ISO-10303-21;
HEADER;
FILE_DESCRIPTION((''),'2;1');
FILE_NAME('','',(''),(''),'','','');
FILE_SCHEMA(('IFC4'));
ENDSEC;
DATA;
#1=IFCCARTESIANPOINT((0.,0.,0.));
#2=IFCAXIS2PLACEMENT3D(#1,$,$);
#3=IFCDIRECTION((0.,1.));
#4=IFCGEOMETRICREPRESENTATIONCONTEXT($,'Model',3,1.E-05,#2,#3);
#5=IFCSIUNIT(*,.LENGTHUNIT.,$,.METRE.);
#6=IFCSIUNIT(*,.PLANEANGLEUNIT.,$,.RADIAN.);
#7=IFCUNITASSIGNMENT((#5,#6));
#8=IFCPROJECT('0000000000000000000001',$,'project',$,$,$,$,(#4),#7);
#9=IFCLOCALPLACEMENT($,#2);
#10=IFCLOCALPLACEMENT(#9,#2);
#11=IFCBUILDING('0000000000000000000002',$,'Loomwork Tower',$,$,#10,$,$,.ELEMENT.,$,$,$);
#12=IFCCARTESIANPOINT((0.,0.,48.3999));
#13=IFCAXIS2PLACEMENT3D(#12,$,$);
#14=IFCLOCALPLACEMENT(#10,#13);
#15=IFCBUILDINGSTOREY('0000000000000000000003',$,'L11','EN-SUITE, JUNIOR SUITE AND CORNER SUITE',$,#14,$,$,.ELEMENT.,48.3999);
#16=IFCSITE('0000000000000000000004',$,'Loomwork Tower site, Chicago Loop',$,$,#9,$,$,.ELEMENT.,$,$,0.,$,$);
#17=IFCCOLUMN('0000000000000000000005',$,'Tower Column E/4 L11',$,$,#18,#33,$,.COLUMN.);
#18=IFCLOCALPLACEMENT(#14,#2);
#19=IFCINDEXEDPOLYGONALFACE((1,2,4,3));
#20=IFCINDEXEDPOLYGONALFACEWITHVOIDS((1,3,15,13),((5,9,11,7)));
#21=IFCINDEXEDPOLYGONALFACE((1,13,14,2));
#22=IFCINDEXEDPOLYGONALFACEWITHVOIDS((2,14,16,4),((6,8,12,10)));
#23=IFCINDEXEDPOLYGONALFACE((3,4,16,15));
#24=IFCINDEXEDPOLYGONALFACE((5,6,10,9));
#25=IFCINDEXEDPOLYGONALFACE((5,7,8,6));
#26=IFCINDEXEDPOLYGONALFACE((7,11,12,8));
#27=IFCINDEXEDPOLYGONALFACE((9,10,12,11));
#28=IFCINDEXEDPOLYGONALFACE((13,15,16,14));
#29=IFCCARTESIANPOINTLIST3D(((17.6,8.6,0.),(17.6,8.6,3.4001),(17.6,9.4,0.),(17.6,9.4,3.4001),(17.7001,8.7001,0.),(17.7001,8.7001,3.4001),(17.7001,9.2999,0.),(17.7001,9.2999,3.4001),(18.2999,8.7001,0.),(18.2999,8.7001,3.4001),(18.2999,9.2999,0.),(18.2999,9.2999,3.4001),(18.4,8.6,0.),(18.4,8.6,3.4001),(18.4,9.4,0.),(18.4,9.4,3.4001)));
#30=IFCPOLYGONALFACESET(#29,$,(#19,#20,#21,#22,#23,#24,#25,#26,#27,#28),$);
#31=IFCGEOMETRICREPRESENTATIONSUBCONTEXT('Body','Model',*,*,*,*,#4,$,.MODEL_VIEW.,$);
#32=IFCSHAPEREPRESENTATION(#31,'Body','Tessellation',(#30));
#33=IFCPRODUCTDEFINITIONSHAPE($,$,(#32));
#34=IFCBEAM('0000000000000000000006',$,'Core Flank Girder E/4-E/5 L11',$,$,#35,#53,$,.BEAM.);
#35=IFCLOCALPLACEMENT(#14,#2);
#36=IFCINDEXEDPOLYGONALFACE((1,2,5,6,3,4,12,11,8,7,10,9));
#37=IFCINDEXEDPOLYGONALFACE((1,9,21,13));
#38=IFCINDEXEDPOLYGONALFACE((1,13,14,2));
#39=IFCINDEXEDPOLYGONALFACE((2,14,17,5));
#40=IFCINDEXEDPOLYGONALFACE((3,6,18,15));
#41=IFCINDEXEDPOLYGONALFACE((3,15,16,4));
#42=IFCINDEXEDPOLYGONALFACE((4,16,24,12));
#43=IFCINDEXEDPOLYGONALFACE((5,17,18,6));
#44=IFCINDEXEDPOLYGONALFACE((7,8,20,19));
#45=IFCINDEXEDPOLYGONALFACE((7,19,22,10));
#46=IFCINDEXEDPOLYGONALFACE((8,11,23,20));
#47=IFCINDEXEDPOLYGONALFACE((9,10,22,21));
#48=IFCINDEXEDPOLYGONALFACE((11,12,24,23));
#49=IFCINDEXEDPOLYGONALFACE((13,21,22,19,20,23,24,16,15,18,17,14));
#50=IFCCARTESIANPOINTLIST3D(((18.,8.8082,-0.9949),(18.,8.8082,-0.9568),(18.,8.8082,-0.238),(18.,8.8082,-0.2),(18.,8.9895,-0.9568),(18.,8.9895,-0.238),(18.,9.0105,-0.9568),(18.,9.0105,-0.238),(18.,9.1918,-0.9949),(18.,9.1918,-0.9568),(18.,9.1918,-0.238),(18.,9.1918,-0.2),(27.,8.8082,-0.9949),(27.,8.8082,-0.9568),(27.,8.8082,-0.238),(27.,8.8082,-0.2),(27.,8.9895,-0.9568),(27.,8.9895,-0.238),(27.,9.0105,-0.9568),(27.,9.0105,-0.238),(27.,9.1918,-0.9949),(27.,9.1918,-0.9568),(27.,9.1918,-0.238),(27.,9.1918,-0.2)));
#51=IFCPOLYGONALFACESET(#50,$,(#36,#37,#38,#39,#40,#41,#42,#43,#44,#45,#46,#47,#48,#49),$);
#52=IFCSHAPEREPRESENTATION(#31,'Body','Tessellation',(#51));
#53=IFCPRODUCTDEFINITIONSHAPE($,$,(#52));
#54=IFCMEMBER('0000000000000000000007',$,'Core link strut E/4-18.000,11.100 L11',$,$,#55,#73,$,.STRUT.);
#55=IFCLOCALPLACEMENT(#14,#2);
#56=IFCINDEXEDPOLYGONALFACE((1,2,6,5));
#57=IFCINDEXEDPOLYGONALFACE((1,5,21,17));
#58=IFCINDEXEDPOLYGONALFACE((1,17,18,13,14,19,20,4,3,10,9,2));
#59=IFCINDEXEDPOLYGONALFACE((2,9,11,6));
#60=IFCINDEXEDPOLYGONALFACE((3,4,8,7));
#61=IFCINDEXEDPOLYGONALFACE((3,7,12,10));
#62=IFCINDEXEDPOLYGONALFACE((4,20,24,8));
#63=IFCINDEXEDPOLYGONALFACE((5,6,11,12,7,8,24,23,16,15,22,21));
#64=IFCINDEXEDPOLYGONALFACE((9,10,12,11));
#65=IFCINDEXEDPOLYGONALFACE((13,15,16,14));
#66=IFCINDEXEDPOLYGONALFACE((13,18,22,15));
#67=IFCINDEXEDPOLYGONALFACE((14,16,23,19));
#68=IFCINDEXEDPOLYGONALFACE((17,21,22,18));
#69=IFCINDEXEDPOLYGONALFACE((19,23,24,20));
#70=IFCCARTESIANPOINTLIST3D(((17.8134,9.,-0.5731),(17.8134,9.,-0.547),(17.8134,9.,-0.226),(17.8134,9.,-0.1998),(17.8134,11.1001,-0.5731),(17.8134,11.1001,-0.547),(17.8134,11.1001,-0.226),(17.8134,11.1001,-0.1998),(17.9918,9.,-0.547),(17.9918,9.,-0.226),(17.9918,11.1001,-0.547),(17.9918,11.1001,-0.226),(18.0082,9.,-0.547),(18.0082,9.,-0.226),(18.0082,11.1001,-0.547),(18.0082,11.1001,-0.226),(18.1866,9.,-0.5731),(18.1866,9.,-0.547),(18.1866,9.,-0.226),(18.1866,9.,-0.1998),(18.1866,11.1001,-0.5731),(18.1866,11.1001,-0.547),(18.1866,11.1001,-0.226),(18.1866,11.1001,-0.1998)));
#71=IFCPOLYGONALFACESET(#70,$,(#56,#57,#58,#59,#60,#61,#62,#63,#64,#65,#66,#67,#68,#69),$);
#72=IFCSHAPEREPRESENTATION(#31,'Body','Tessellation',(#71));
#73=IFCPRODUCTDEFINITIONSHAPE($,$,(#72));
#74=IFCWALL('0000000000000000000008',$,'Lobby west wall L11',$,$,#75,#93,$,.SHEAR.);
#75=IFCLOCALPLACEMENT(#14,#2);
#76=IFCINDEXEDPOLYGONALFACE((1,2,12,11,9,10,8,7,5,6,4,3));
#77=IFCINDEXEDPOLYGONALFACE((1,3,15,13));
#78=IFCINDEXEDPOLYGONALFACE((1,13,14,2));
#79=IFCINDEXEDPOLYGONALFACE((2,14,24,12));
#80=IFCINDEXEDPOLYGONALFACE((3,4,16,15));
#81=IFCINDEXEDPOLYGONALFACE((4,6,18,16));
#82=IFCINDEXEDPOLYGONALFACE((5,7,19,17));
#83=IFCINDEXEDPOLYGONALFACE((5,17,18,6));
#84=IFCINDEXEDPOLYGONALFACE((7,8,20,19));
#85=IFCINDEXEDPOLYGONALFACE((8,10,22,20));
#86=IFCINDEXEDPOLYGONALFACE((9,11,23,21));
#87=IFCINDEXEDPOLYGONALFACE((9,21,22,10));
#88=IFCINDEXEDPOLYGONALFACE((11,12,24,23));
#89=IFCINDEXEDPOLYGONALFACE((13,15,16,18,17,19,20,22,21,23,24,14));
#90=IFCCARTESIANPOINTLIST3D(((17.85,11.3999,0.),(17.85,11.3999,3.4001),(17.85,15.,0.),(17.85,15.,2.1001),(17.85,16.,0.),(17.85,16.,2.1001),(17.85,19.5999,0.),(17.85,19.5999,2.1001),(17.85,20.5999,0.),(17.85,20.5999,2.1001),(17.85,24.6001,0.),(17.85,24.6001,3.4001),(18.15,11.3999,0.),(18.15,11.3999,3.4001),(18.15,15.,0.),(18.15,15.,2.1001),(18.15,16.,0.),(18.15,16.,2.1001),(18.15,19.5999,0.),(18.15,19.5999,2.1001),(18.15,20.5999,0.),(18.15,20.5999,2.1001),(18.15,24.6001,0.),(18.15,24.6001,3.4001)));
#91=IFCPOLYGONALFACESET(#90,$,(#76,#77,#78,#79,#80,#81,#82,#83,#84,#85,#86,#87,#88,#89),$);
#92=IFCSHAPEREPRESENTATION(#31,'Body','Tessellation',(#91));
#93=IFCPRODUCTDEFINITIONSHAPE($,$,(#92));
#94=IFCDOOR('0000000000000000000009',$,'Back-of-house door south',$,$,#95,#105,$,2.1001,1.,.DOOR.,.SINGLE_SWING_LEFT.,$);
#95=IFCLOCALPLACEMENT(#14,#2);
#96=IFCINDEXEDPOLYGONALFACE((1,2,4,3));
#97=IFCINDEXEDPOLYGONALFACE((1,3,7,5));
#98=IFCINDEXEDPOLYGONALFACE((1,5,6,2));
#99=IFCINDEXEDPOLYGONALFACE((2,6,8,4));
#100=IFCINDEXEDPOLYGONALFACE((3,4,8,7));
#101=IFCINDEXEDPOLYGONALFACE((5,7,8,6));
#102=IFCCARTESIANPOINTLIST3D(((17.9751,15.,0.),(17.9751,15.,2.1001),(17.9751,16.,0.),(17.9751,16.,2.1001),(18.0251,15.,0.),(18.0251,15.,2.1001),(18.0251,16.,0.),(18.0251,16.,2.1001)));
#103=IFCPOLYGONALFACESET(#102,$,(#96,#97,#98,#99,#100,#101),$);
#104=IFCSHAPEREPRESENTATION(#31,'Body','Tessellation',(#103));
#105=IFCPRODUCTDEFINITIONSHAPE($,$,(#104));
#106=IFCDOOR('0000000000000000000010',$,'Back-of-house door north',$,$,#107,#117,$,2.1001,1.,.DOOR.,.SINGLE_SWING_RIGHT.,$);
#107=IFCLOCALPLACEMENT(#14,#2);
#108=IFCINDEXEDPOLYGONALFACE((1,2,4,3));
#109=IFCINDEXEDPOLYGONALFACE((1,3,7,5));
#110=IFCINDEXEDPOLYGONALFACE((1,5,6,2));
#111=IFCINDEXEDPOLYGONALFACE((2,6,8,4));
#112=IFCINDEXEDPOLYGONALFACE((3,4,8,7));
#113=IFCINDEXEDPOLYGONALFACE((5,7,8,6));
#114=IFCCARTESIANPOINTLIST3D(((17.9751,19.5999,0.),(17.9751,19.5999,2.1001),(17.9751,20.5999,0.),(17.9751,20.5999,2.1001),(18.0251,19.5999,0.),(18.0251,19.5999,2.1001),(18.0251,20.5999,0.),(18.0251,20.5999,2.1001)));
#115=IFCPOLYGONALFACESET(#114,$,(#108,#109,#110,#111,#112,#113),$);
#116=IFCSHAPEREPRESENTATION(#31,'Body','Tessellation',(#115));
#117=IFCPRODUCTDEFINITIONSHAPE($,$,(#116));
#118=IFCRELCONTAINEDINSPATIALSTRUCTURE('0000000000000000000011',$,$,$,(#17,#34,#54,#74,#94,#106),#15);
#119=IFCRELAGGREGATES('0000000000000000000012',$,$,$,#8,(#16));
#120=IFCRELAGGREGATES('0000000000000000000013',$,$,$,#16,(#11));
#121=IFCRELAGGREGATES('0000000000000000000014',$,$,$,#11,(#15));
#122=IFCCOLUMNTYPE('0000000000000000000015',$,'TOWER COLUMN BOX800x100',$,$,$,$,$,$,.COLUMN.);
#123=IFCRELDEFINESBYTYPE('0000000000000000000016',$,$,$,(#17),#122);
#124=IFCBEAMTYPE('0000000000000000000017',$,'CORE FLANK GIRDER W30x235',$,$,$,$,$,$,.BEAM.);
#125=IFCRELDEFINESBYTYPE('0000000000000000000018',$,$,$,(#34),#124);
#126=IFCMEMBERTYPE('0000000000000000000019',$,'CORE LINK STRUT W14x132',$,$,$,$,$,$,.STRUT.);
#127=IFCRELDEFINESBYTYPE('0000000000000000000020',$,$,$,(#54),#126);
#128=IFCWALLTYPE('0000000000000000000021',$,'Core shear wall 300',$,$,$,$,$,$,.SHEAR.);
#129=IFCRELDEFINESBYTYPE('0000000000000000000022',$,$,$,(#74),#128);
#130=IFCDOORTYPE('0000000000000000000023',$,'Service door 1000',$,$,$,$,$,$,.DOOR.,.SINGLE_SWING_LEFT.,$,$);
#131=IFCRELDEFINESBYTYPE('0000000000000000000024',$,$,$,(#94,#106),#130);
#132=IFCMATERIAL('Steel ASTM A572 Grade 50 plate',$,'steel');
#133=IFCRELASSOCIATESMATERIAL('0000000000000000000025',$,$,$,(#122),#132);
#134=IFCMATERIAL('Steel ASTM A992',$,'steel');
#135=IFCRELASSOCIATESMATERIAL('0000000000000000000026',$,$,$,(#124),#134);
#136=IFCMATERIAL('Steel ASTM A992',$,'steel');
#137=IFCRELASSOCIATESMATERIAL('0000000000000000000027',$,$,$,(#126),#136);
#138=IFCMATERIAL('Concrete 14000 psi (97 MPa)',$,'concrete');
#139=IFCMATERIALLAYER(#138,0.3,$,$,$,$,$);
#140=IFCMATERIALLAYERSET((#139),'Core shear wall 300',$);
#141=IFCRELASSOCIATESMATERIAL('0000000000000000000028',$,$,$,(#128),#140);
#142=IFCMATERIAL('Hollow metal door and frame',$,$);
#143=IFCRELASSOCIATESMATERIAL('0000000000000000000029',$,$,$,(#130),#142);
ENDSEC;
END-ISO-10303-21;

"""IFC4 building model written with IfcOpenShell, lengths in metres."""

from ifc_helpers import new_model, si_unit, direction, frame, frame_2d, origin, origin_2d, place, context, subcontext, project, spatial, rectangle, hollow_rectangle, i_section, extrude, material, layer, layer_set, material_profile, profile_set, type_object, element, fill, save


model = new_model("IFC4")

# Units and contexts
model_context = context("Model", 3, precision=1e-05, world=origin(), true_north=direction((0.0, 1.0)))
body_context = subcontext(model_context, "Body", "Model", "MODEL_VIEW")
ifc_project = project(units=[si_unit("LENGTHUNIT", "METRE"), si_unit("PLANEANGLEUNIT", "RADIAN")], contexts=[model_context])

# Site, building, storey
site_placement = place(None, origin())
site = spatial("IfcSite", under=ifc_project, at=site_placement, Name="Loomwork Tower site, Chicago Loop", CompositionType="ELEMENT", RefElevation=0.0)
building_placement = place(site_placement, origin())
building = spatial("IfcBuilding", under=site, at=building_placement, Name="Loomwork Tower", CompositionType="ELEMENT")
storey_placement = place(building_placement, frame((0.0, 0.0, 48.3999)))
storey = spatial("IfcBuildingStorey", under=building, at=storey_placement, Name="L11", Description="EN-SUITE, JUNIOR SUITE AND CORNER SUITE", CompositionType="ELEMENT", Elevation=48.3999)

# Column
ifc_material_1 = material(Name="Steel ASTM A572 Grade 50 plate", Category="steel")
ifc_material_profile_1 = material_profile(ifc_material_1, hollow_rectangle(XDim=0.8, YDim=0.8, WallThickness=0.1001, at=origin_2d()), Name="BOX800x100")
ifc_profile_set_1 = profile_set([ifc_material_profile_1], Name="Steel ASTM A572 Grade 50 plate")
column_type = type_object("IfcColumnType", Name="TOWER COLUMN BOX800x100", PredefinedType="COLUMN", material=ifc_profile_set_1)
column_placement = place(storey_placement, frame((18.0, 9.0, 0.0), z_axis=(0.0, 0.0, 1.0), x_axis=(1.0, 0.0, 0.0)))
element("IfcColumn", 1, at=column_placement, inside=storey, type_object=column_type, Name="Tower Column E/4 L11", PredefinedType="COLUMN", context=body_context, shape_type="SweptSolid", body=[
    extrude(hollow_rectangle(XDim=0.8, YDim=0.8, WallThickness=0.1001, at=origin_2d()), origin(), (0.0, 0.0, 1.0), 3.4001),
])

# Beam
ifc_material_2 = material(Name="Steel ASTM A992", Category="steel")
ifc_material_profile_2 = material_profile(ifc_material_2, i_section(OverallWidth=0.3835, OverallDepth=0.7949, WebThickness=0.021, FlangeThickness=0.0381, at=origin_2d()), Name="W30x235")
ifc_profile_set_2 = profile_set([ifc_material_profile_2], Name="Steel ASTM A992")
beam_type = type_object("IfcBeamType", Name="CORE FLANK GIRDER W30x235", PredefinedType="BEAM", material=ifc_profile_set_2)
beam_placement = place(storey_placement, frame((18.0, 9.0, -0.5974), z_axis=(1.0, 0.0, 0.0), x_axis=(0.0, 1.0, 0.0)))
element("IfcBeam", 2, at=beam_placement, inside=storey, type_object=beam_type, Name="Core Flank Girder E/4-E/5 L11", PredefinedType="BEAM", context=body_context, shape_type="SweptSolid", body=[
    extrude(i_section(OverallWidth=0.3835, OverallDepth=0.7949, WebThickness=0.021, FlangeThickness=0.0381, at=origin_2d()), origin(), (0.0, 0.0, 1.0), 9.0),
])

# Member
ifc_material_3 = material(Name="Steel ASTM A992", Category="steel")
ifc_material_profile_3 = material_profile(ifc_material_3, i_section(OverallWidth=0.3733, OverallDepth=0.3733, WebThickness=0.0164, FlangeThickness=0.0261, at=origin_2d()), Name="W14x132")
ifc_profile_set_3 = profile_set([ifc_material_profile_3], Name="Steel ASTM A992")
member_type = type_object("IfcMemberType", Name="CORE LINK STRUT W14x132", PredefinedType="STRUT", material=ifc_profile_set_3)
member_placement = place(storey_placement, frame((18.0, 9.0, -0.3865), z_axis=(0.0, 1.0, 0.0), x_axis=(-1.0, 0.0, 0.0)))
element("IfcMember", 3, at=member_placement, inside=storey, type_object=member_type, Name="Core link strut E/4-18.000,11.100 L11", PredefinedType="STRUT", context=body_context, shape_type="SweptSolid", body=[
    extrude(i_section(OverallWidth=0.3733, OverallDepth=0.3733, WebThickness=0.0164, FlangeThickness=0.0261, at=origin_2d()), origin(), (0.0, 0.0, 1.0), 2.1001),
])

# Wall, openings, doors
ifc_material_4 = material(Name="Concrete 14000 psi (97 MPa)", Category="concrete")
ifc_layer_1 = layer(ifc_material_4, 0.3)
ifc_layer_set_1 = layer_set([ifc_layer_1], Name="Core shear wall 300")
wall_type_1 = type_object("IfcWallType", Name="Core shear wall 300", PredefinedType="SHEAR", material=ifc_layer_set_1)
wall_1_placement = place(storey_placement, frame((18.0, 11.3999, 0.0), z_axis=(0.0, 0.0, 1.0), x_axis=(0.0, 1.0, 0.0)))
wall_1 = element("IfcWall", 4, at=wall_1_placement, inside=storey, type_object=wall_type_1, Name="Lobby west wall L11", PredefinedType="SHEAR", context=body_context, shape_type="SweptSolid", body=[
    extrude(rectangle(XDim=13.2002, YDim=0.3, at=frame_2d((6.6001, 0.0))), origin(), (0.0, 0.0, 1.0), 3.4001),
])
opening_1_placement = place(wall_1_placement, frame((3.6001, 0.0, 0.0)))
opening_1 = element("IfcOpeningElement", 5, at=opening_1_placement, cuts=wall_1, PredefinedType="OPENING", context=body_context, shape_type="SweptSolid", body=[
    extrude(rectangle(XDim=1.0, YDim=2.1001, at=frame_2d((0.5, 1.05))), frame((0.0, 0.1599, 0.0), z_axis=(0.0, -1.0, 0.0), x_axis=(1.0, 0.0, 0.0)), (0.0, 0.0, 1.0), 0.3201),
])
opening_2_placement = place(wall_1_placement, frame((8.2, 0.0, 0.0)))
opening_2 = element("IfcOpeningElement", 6, at=opening_2_placement, cuts=wall_1, PredefinedType="OPENING", context=body_context, shape_type="SweptSolid", body=[
    extrude(rectangle(XDim=1.0, YDim=2.1001, at=frame_2d((0.5, 1.05))), frame((0.0, 0.1599, 0.0), z_axis=(0.0, -1.0, 0.0), x_axis=(1.0, 0.0, 0.0)), (0.0, 0.0, 1.0), 0.3201),
])
ifc_material_5 = material(Name="Hollow metal door and frame")
door_type_1 = type_object("IfcDoorType", Name="Service door 1000", OperationType="SINGLE_SWING_LEFT", PredefinedType="DOOR", material=ifc_material_5)
door_1_placement = place(opening_1_placement, origin())
door_1 = element("IfcDoor", 7, at=door_1_placement, inside=storey, type_object=door_type_1, Name="Back-of-house door south", OperationType="SINGLE_SWING_LEFT", OverallHeight=2.1001, OverallWidth=1.0, PredefinedType="DOOR", context=body_context, shape_type="SweptSolid", body=[
    extrude(rectangle(XDim=1.0, YDim=2.1001, at=frame_2d((0.5, 1.05))), frame((0.0, 0.0249, 0.0), z_axis=(0.0, -1.0, 0.0), x_axis=(1.0, 0.0, 0.0)), (0.0, 0.0, 1.0), 0.05),
])
fill(opening_1, door_1)
door_2_placement = place(opening_2_placement, origin())
door_2 = element("IfcDoor", 8, at=door_2_placement, inside=storey, type_object=door_type_1, Name="Back-of-house door north", OperationType="SINGLE_SWING_RIGHT", OverallHeight=2.1001, OverallWidth=1.0, PredefinedType="DOOR", context=body_context, shape_type="SweptSolid", body=[
    extrude(rectangle(XDim=1.0, YDim=2.1001, at=frame_2d((0.5, 1.05))), frame((0.0, 0.0249, 0.0), z_axis=(0.0, -1.0, 0.0), x_axis=(1.0, 0.0, 0.0)), (0.0, 0.0, 1.0), 0.05),
])
fill(opening_2, door_2)

save(model, "model.ifc")
